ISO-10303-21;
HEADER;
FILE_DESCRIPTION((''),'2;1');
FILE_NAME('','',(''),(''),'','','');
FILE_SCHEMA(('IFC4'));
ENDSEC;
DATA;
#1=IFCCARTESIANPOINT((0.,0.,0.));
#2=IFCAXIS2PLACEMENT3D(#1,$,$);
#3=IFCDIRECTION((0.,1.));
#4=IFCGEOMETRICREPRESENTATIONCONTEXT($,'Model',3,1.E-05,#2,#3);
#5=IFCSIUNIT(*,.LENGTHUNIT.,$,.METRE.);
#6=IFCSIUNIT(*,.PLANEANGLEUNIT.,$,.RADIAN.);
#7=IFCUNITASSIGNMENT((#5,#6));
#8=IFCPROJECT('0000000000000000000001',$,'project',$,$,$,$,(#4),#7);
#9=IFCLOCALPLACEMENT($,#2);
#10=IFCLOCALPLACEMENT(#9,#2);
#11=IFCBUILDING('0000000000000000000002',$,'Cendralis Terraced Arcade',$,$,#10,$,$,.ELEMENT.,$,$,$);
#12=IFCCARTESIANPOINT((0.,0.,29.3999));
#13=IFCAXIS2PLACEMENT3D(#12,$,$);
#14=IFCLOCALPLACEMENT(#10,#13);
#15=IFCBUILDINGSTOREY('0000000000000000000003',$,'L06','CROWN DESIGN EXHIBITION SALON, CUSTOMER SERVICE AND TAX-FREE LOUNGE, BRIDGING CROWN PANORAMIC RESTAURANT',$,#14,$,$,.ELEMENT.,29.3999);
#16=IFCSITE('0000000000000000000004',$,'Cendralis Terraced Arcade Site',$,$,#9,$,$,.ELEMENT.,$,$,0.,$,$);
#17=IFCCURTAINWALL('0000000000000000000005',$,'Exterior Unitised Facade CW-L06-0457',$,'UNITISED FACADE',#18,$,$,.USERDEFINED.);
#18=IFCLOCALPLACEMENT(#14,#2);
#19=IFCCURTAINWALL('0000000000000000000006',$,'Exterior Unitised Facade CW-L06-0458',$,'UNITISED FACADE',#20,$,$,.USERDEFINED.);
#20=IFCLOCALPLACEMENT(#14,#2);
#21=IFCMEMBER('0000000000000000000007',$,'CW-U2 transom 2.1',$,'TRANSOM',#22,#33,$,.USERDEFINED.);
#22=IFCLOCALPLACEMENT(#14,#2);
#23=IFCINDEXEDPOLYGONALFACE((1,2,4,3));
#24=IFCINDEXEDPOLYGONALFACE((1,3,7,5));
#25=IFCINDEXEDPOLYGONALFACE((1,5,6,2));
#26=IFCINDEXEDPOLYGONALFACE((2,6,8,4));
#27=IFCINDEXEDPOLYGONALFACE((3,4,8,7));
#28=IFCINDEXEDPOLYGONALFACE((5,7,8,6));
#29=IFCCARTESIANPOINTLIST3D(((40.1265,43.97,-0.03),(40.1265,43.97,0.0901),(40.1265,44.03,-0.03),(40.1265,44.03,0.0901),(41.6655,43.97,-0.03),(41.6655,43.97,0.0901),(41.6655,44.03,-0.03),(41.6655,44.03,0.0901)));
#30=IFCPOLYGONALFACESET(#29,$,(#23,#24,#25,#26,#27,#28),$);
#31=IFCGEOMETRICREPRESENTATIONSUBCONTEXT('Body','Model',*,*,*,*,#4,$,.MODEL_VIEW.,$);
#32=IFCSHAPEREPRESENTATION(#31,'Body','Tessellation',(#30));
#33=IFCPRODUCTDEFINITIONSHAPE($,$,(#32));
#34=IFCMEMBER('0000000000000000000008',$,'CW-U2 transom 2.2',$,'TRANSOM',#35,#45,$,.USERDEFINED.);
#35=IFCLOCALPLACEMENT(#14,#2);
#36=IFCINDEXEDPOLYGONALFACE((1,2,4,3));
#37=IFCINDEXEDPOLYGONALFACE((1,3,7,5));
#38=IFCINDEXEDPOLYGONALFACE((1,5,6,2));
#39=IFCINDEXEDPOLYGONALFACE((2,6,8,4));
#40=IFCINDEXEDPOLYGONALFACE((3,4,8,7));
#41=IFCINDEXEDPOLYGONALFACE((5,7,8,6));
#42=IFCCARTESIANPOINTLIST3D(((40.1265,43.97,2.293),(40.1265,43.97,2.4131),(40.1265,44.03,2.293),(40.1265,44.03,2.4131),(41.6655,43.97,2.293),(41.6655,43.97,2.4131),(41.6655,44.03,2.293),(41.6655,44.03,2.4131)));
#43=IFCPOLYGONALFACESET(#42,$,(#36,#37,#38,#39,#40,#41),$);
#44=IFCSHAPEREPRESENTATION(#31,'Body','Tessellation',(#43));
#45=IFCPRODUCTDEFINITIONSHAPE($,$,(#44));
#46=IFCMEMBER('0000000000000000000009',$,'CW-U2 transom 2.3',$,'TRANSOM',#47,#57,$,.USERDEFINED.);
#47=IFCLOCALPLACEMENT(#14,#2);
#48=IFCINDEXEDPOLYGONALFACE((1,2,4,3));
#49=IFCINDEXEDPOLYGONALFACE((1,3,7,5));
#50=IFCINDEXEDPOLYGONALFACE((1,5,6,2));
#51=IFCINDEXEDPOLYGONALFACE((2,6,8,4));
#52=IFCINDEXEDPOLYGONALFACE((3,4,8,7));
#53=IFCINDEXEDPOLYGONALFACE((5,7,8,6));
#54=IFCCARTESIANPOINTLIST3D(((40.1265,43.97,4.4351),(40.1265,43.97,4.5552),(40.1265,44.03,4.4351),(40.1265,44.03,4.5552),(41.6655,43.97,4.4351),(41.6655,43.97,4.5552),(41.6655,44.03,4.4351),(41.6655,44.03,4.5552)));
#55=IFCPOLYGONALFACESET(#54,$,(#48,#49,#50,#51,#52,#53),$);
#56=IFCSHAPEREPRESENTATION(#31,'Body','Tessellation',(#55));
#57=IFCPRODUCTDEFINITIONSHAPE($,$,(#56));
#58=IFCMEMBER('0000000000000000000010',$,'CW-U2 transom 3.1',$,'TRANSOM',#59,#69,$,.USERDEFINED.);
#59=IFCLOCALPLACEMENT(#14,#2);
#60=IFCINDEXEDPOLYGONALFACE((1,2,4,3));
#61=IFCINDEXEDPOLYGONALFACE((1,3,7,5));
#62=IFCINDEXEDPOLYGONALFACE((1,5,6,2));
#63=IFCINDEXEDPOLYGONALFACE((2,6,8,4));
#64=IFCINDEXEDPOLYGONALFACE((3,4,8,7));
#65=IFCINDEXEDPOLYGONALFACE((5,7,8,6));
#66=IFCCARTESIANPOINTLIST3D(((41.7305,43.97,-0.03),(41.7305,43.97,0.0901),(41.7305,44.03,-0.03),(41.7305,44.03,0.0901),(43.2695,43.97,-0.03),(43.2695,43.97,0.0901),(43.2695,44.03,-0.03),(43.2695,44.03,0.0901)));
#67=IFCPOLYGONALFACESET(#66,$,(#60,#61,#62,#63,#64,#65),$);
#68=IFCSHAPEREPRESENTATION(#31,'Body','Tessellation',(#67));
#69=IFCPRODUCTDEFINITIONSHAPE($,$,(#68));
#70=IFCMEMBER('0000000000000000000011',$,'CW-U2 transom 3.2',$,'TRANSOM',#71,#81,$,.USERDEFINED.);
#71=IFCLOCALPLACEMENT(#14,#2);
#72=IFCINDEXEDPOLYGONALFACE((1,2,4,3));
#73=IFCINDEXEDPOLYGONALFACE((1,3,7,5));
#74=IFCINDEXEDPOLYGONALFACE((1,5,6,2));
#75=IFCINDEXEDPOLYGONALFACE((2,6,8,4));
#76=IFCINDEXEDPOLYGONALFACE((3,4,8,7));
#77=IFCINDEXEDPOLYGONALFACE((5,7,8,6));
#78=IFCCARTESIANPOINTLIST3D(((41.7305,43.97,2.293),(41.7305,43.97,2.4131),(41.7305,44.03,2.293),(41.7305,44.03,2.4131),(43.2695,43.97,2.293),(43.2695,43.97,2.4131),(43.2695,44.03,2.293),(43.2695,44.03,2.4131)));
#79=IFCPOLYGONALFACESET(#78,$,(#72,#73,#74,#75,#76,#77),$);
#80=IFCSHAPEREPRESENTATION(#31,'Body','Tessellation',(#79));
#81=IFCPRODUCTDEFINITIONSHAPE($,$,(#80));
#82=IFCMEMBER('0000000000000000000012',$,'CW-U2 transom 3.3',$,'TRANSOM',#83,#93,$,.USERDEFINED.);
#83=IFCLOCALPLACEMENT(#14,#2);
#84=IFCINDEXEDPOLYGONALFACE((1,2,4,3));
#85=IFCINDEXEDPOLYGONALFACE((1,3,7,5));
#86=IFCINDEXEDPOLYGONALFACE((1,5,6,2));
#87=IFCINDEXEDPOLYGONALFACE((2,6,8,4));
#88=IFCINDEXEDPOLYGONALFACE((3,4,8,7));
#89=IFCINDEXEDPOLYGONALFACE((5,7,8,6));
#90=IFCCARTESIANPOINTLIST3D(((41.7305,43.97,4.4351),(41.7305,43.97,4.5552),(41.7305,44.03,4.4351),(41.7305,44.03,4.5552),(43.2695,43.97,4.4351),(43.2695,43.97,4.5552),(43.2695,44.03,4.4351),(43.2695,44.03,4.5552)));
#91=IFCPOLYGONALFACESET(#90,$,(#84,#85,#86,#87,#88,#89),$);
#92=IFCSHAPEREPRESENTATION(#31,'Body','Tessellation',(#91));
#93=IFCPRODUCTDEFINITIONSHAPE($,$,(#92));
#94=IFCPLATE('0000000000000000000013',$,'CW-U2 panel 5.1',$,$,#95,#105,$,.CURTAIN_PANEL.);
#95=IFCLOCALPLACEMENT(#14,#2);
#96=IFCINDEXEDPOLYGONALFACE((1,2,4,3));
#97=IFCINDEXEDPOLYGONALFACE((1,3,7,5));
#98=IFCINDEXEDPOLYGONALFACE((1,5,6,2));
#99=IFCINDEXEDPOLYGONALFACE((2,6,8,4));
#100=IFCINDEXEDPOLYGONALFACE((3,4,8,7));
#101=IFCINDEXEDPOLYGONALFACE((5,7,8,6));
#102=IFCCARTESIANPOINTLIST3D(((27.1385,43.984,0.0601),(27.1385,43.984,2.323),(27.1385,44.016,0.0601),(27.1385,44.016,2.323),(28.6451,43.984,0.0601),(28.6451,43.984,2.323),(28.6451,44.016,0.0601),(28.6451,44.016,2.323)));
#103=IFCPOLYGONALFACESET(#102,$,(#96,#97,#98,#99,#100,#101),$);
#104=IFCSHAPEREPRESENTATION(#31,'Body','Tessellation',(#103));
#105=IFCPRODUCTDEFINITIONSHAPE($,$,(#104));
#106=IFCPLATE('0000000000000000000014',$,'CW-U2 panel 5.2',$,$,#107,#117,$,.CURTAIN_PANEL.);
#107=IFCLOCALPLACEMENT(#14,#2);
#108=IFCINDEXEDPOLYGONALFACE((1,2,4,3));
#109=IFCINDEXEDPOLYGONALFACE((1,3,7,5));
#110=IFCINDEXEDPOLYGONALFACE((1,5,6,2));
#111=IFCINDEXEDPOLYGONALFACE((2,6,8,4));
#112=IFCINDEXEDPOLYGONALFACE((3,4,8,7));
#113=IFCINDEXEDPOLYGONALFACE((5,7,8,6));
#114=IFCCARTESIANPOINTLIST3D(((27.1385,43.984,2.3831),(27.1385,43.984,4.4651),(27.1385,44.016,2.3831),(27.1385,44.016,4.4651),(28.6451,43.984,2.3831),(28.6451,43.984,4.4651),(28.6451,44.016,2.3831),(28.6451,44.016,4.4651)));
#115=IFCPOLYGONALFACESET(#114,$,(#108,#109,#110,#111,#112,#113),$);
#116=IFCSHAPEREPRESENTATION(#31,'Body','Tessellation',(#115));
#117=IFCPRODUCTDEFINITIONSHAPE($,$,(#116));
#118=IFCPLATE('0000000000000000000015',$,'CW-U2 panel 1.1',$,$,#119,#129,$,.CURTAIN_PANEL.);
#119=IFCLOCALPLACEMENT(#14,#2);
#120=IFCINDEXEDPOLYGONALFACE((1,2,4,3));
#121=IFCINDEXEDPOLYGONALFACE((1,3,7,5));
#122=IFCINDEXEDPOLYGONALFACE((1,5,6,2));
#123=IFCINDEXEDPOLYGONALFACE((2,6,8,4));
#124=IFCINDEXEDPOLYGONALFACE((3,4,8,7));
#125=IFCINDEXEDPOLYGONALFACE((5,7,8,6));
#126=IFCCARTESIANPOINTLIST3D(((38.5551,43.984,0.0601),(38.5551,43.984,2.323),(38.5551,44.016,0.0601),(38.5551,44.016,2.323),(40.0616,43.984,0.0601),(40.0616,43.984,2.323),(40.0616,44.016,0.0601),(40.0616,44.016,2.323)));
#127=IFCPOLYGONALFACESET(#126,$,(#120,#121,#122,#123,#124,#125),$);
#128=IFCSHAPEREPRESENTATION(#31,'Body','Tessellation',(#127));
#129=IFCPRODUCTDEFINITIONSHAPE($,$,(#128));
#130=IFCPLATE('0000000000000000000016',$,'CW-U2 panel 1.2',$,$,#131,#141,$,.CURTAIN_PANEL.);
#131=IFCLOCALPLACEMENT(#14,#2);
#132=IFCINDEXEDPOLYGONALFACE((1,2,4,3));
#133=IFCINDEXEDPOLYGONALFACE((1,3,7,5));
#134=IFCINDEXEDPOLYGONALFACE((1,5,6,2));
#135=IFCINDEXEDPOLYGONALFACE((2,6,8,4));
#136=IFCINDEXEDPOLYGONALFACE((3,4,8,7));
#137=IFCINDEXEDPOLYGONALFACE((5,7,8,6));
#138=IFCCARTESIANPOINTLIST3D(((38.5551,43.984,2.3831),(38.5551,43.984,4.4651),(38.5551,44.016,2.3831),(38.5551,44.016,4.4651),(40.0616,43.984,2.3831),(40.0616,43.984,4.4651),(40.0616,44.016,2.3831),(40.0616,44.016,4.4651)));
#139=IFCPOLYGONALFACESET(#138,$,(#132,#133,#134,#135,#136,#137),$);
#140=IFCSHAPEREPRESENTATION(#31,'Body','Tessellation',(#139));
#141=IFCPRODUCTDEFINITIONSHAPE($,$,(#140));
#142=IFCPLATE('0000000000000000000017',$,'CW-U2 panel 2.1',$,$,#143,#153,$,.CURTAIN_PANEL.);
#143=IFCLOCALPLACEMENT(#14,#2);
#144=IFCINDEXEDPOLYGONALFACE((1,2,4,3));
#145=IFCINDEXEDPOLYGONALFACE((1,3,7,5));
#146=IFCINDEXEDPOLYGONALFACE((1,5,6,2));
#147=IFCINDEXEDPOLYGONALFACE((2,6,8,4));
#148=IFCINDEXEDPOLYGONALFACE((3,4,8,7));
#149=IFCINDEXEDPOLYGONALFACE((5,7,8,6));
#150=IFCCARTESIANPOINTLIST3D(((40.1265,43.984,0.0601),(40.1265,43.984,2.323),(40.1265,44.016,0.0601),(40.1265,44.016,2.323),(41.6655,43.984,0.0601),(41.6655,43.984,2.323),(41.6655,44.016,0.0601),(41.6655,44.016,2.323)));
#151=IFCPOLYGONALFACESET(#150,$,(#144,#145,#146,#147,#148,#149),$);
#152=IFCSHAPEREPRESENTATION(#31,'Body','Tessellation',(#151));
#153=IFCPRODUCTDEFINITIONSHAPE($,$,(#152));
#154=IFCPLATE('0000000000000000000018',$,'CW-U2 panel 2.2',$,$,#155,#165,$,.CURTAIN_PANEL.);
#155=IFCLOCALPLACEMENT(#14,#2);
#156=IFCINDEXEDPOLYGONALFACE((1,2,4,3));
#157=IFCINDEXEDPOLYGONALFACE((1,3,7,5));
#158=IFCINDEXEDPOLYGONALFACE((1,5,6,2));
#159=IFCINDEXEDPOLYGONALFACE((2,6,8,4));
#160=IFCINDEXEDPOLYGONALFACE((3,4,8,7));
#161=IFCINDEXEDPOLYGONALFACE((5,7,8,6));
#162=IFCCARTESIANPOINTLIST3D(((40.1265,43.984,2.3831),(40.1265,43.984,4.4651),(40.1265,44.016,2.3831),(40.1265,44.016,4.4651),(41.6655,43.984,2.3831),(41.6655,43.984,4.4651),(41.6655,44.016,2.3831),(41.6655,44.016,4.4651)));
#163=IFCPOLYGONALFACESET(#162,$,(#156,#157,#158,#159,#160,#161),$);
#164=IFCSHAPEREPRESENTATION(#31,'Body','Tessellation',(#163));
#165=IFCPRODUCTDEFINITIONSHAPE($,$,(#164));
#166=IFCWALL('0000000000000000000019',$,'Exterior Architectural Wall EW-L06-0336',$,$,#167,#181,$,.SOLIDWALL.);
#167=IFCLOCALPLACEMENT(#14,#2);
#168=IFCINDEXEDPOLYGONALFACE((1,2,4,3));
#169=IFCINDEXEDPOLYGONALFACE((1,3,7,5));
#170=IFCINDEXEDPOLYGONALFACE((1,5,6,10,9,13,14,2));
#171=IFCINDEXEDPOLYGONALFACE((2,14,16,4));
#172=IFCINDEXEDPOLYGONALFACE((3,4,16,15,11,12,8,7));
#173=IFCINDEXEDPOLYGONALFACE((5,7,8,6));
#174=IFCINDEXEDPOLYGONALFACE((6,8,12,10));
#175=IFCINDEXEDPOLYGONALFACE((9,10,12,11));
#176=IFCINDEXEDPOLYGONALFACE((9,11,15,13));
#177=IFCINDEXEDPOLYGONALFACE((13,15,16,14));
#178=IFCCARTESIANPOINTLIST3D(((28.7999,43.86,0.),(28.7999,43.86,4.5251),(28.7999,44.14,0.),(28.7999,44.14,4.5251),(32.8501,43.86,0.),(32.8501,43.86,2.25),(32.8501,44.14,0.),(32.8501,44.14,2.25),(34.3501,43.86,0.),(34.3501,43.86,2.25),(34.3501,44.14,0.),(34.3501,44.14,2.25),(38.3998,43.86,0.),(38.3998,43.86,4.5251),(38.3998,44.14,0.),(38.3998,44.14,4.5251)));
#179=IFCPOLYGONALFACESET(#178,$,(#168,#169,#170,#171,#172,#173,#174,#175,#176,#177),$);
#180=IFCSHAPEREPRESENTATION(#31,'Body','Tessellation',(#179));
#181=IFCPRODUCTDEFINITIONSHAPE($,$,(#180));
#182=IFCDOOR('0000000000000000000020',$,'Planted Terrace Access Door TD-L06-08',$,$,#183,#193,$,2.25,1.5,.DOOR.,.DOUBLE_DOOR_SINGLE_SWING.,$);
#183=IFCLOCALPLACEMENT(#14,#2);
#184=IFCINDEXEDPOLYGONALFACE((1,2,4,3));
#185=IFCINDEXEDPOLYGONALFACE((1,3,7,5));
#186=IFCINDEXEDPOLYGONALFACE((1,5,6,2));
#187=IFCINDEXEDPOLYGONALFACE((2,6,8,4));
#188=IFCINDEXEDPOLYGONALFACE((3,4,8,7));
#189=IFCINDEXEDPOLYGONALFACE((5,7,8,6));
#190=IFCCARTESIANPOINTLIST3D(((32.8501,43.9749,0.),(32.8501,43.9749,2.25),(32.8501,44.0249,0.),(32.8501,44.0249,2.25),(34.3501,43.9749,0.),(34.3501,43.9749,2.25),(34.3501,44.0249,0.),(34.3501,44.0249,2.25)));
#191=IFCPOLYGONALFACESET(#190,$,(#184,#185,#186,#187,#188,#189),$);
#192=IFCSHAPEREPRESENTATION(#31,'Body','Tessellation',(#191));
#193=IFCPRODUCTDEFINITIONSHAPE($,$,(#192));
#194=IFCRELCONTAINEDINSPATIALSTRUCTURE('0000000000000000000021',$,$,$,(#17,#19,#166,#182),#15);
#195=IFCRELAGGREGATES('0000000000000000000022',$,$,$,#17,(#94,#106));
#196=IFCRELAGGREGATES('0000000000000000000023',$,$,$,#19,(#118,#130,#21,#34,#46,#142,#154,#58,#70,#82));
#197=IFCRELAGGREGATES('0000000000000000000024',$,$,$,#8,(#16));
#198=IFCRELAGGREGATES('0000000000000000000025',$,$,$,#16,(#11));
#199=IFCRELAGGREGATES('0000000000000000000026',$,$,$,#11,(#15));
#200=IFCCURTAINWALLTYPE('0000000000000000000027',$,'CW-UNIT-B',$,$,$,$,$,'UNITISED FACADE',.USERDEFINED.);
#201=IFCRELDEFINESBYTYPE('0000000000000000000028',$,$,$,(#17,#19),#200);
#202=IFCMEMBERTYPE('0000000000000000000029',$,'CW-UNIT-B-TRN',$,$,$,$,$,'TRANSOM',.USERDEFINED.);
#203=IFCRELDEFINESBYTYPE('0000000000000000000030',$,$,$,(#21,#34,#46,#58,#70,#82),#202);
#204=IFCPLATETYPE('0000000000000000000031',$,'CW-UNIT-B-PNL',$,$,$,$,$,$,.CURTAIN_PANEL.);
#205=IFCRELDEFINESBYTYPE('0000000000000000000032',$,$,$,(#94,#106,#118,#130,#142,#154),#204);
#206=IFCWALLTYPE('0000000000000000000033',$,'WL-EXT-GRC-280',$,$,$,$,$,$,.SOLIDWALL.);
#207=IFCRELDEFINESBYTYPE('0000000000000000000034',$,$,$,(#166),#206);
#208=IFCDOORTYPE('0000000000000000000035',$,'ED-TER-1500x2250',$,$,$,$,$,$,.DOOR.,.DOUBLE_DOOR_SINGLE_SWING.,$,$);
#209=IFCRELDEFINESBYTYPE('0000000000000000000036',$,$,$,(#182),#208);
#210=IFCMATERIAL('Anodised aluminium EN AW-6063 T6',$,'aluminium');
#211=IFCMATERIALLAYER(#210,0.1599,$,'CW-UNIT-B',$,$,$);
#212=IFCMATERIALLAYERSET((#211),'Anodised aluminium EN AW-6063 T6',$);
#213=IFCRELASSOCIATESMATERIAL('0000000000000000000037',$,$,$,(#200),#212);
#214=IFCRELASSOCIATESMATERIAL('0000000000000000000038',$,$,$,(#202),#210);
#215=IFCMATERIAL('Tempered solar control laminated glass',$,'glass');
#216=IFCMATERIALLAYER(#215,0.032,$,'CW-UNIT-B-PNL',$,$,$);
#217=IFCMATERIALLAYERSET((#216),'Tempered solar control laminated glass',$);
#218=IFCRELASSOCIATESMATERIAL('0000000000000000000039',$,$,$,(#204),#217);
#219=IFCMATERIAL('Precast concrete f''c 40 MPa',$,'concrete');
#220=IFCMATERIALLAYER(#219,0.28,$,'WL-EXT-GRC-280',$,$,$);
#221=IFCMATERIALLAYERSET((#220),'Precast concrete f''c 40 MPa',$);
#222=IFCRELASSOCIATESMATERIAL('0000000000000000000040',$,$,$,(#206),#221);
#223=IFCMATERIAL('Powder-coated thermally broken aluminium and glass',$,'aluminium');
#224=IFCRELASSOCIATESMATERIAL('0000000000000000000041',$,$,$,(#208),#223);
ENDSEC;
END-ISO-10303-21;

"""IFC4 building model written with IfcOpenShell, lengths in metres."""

from ifc_helpers import new_model, si_unit, direction, frame, frame_2d, origin, origin_2d, place, context, subcontext, project, spatial, rectangle, extrude, material, layer, layer_set, material_profile, profile_set, type_object, element, fill, aggregate, save


model = new_model("IFC4")

# Units and contexts
model_context = context("Model", 3, precision=1e-05, world=origin(), true_north=direction((0.0, 1.0)))
body_context = subcontext(model_context, "Body", "Model", "MODEL_VIEW")
ifc_project = project(units=[si_unit("LENGTHUNIT", "METRE"), si_unit("PLANEANGLEUNIT", "RADIAN")], contexts=[model_context])

# Site, building, storey
site_placement = place(None, origin())
site = spatial("IfcSite", under=ifc_project, at=site_placement, Name="Cendralis Terraced Arcade Site", CompositionType="ELEMENT", RefElevation=0.0)
building_placement = place(site_placement, origin())
building = spatial("IfcBuilding", under=site, at=building_placement, Name="Cendralis Terraced Arcade", CompositionType="ELEMENT")
storey_placement = place(building_placement, frame((0.0, 0.0, 29.3999)))
storey = spatial("IfcBuildingStorey", under=building, at=storey_placement, Name="L06", Description="CROWN DESIGN EXHIBITION SALON, CUSTOMER SERVICE AND TAX-FREE LOUNGE, BRIDGING CROWN PANORAMIC RESTAURANT", CompositionType="ELEMENT", Elevation=29.3999)

# Curtain walls
ifc_material_1 = material(Name="Anodised aluminium EN AW-6063 T6", Category="aluminium")
ifc_layer_1 = layer(ifc_material_1, 0.1599, Name="CW-UNIT-B")
ifc_layer_set_1 = layer_set([ifc_layer_1], Name="Anodised aluminium EN AW-6063 T6")
curtain_wall_type_1 = type_object("IfcCurtainWallType", Name="CW-UNIT-B", ElementType="UNITISED FACADE", PredefinedType="USERDEFINED", material=ifc_layer_set_1)
curtain_wall_1_placement = place(storey_placement, origin())
curtain_wall_1 = element("IfcCurtainWall", 1, at=curtain_wall_1_placement, inside=storey, type_object=curtain_wall_type_1, Name="Exterior Unitised Facade CW-L06-0457", ObjectType="UNITISED FACADE", PredefinedType="USERDEFINED")
curtain_wall_2_placement = place(storey_placement, origin())
curtain_wall_2 = element("IfcCurtainWall", 2, at=curtain_wall_2_placement, inside=storey, type_object=curtain_wall_type_1, Name="Exterior Unitised Facade CW-L06-0458", ObjectType="UNITISED FACADE", PredefinedType="USERDEFINED")

# Members
ifc_material_profile_1 = material_profile(ifc_material_1, rectangle(XDim=0.0601, YDim=0.1201, at=origin_2d()), Name="ALU-TRN-60x120")
ifc_profile_set_1 = profile_set([ifc_material_profile_1], Name="Anodised aluminium EN AW-6063 T6")
member_type_1 = type_object("IfcMemberType", Name="CW-UNIT-B-TRN", ElementType="TRANSOM", PredefinedType="USERDEFINED", material=ifc_profile_set_1)
member_1_placement = place(storey_placement, frame((40.1265, 44.0, 0.03), z_axis=(1.0, 0.0, 0.0), x_axis=(0.0, 1.0, 0.0)))
member_1 = element("IfcMember", 3, at=member_1_placement, type_object=member_type_1, Name="CW-U2 transom 2.1", ObjectType="TRANSOM", PredefinedType="USERDEFINED", context=body_context, shape_type="SweptSolid", body=[
    extrude(rectangle(XDim=0.0601, YDim=0.1201, at=origin_2d()), origin(), (0.0, 0.0, 1.0), 1.5391),
])
member_2_placement = place(storey_placement, frame((40.1265, 44.0, 2.353), z_axis=(1.0, 0.0, 0.0), x_axis=(0.0, 1.0, 0.0)))
member_2 = element("IfcMember", 4, at=member_2_placement, type_object=member_type_1, Name="CW-U2 transom 2.2", ObjectType="TRANSOM", PredefinedType="USERDEFINED", context=body_context, shape_type="SweptSolid", body=[
    extrude(rectangle(XDim=0.0601, YDim=0.1201, at=origin_2d()), origin(), (0.0, 0.0, 1.0), 1.5391),
])
member_3_placement = place(storey_placement, frame((40.1265, 44.0, 4.4951), z_axis=(1.0, 0.0, 0.0), x_axis=(0.0, 1.0, 0.0)))
member_3 = element("IfcMember", 5, at=member_3_placement, type_object=member_type_1, Name="CW-U2 transom 2.3", ObjectType="TRANSOM", PredefinedType="USERDEFINED", context=body_context, shape_type="SweptSolid", body=[
    extrude(rectangle(XDim=0.0601, YDim=0.1201, at=origin_2d()), origin(), (0.0, 0.0, 1.0), 1.5391),
])
member_4_placement = place(storey_placement, frame((41.7305, 44.0, 0.03), z_axis=(1.0, 0.0, 0.0), x_axis=(0.0, 1.0, 0.0)))
member_4 = element("IfcMember", 6, at=member_4_placement, type_object=member_type_1, Name="CW-U2 transom 3.1", ObjectType="TRANSOM", PredefinedType="USERDEFINED", context=body_context, shape_type="SweptSolid", body=[
    extrude(rectangle(XDim=0.0601, YDim=0.1201, at=origin_2d()), origin(), (0.0, 0.0, 1.0), 1.5391),
])
member_5_placement = place(storey_placement, frame((41.7305, 44.0, 2.353), z_axis=(1.0, 0.0, 0.0), x_axis=(0.0, 1.0, 0.0)))
member_5 = element("IfcMember", 7, at=member_5_placement, type_object=member_type_1, Name="CW-U2 transom 3.2", ObjectType="TRANSOM", PredefinedType="USERDEFINED", context=body_context, shape_type="SweptSolid", body=[
    extrude(rectangle(XDim=0.0601, YDim=0.1201, at=origin_2d()), origin(), (0.0, 0.0, 1.0), 1.5391),
])
member_6_placement = place(storey_placement, frame((41.7305, 44.0, 4.4951), z_axis=(1.0, 0.0, 0.0), x_axis=(0.0, 1.0, 0.0)))
member_6 = element("IfcMember", 8, at=member_6_placement, type_object=member_type_1, Name="CW-U2 transom 3.3", ObjectType="TRANSOM", PredefinedType="USERDEFINED", context=body_context, shape_type="SweptSolid", body=[
    extrude(rectangle(XDim=0.0601, YDim=0.1201, at=origin_2d()), origin(), (0.0, 0.0, 1.0), 1.5391),
])

# Plates
ifc_material_2 = material(Name="Tempered solar control laminated glass", Category="glass")
ifc_layer_2 = layer(ifc_material_2, 0.032, Name="CW-UNIT-B-PNL")
ifc_layer_set_2 = layer_set([ifc_layer_2], Name="Tempered solar control laminated glass")
plate_type = type_object("IfcPlateType", Name="CW-UNIT-B-PNL", PredefinedType="CURTAIN_PANEL", material=ifc_layer_set_2)
plate_1_placement = place(storey_placement, frame((27.8918, 44.0, 0.0601), z_axis=(0.0, 0.0, 1.0), x_axis=(1.0, 0.0, 0.0)))
plate_1 = element("IfcPlate", 9, at=plate_1_placement, type_object=plate_type, Name="CW-U2 panel 5.1", PredefinedType="CURTAIN_PANEL", context=body_context, shape_type="SweptSolid", body=[
    extrude(rectangle(XDim=1.5066, YDim=0.032, at=origin_2d()), origin(), (0.0, 0.0, 1.0), 2.2629),
])
plate_2_placement = place(storey_placement, frame((27.8918, 44.0, 2.3831), z_axis=(0.0, 0.0, 1.0), x_axis=(1.0, 0.0, 0.0)))
plate_2 = element("IfcPlate", 10, at=plate_2_placement, type_object=plate_type, Name="CW-U2 panel 5.2", PredefinedType="CURTAIN_PANEL", context=body_context, shape_type="SweptSolid", body=[
    extrude(rectangle(XDim=1.5066, YDim=0.032, at=origin_2d()), origin(), (0.0, 0.0, 1.0), 2.082),
])
aggregate(curtain_wall_1, [plate_1, plate_2])
plate_3_placement = place(storey_placement, frame((39.3083, 44.0, 0.0601), z_axis=(0.0, 0.0, 1.0), x_axis=(1.0, 0.0, 0.0)))
plate_3 = element("IfcPlate", 11, at=plate_3_placement, type_object=plate_type, Name="CW-U2 panel 1.1", PredefinedType="CURTAIN_PANEL", context=body_context, shape_type="SweptSolid", body=[
    extrude(rectangle(XDim=1.5066, YDim=0.032, at=origin_2d()), origin(), (0.0, 0.0, 1.0), 2.2629),
])
plate_4_placement = place(storey_placement, frame((39.3083, 44.0, 2.3831), z_axis=(0.0, 0.0, 1.0), x_axis=(1.0, 0.0, 0.0)))
plate_4 = element("IfcPlate", 12, at=plate_4_placement, type_object=plate_type, Name="CW-U2 panel 1.2", PredefinedType="CURTAIN_PANEL", context=body_context, shape_type="SweptSolid", body=[
    extrude(rectangle(XDim=1.5066, YDim=0.032, at=origin_2d()), origin(), (0.0, 0.0, 1.0), 2.082),
])
plate_5_placement = place(storey_placement, frame((40.896, 44.0, 0.0601), z_axis=(0.0, 0.0, 1.0), x_axis=(1.0, 0.0, 0.0)))
plate_5 = element("IfcPlate", 13, at=plate_5_placement, type_object=plate_type, Name="CW-U2 panel 2.1", PredefinedType="CURTAIN_PANEL", context=body_context, shape_type="SweptSolid", body=[
    extrude(rectangle(XDim=1.5391, YDim=0.032, at=origin_2d()), origin(), (0.0, 0.0, 1.0), 2.2629),
])
plate_6_placement = place(storey_placement, frame((40.896, 44.0, 2.3831), z_axis=(0.0, 0.0, 1.0), x_axis=(1.0, 0.0, 0.0)))
plate_6 = element("IfcPlate", 14, at=plate_6_placement, type_object=plate_type, Name="CW-U2 panel 2.2", PredefinedType="CURTAIN_PANEL", context=body_context, shape_type="SweptSolid", body=[
    extrude(rectangle(XDim=1.5391, YDim=0.032, at=origin_2d()), origin(), (0.0, 0.0, 1.0), 2.082),
])
aggregate(curtain_wall_2, [plate_3, plate_4, member_1, member_2, member_3, plate_5, plate_6, member_4, member_5, member_6])

# Wall, opening, door
ifc_material_3 = material(Name="Precast concrete f'c 40 MPa", Category="concrete")
ifc_layer_3 = layer(ifc_material_3, 0.28, Name="WL-EXT-GRC-280")
ifc_layer_set_3 = layer_set([ifc_layer_3], Name="Precast concrete f'c 40 MPa")
wall_type = type_object("IfcWallType", Name="WL-EXT-GRC-280", PredefinedType="SOLIDWALL", material=ifc_layer_set_3)
wall_placement = place(storey_placement, frame((28.8, 44.0, 0.0), z_axis=(0.0, 0.0, 1.0), x_axis=(1.0, 0.0, 0.0)))
wall = element("IfcWall", 15, at=wall_placement, inside=storey, type_object=wall_type, Name="Exterior Architectural Wall EW-L06-0336", PredefinedType="SOLIDWALL", context=body_context, shape_type="SweptSolid", body=[
    extrude(rectangle(XDim=9.5999, YDim=0.28, at=frame_2d((4.7998, 0.0))), origin(), (0.0, 0.0, 1.0), 4.5251),
])
opening_placement = place(wall_placement, frame((4.05, 0.0, 0.0)))
opening = element("IfcOpeningElement", 16, at=opening_placement, cuts=wall, PredefinedType="OPENING", context=body_context, shape_type="SweptSolid", body=[
    extrude(rectangle(XDim=1.5, YDim=2.25, at=frame_2d((0.75, 1.125))), frame((0.0, 0.1519, 0.0), z_axis=(0.0, -1.0, 0.0), x_axis=(1.0, 0.0, 0.0)), (0.0, 0.0, 1.0), 0.304),
])
ifc_material_4 = material(Name="Powder-coated thermally broken aluminium and glass", Category="aluminium")
door_type = type_object("IfcDoorType", Name="ED-TER-1500x2250", OperationType="DOUBLE_DOOR_SINGLE_SWING", PredefinedType="DOOR", material=ifc_material_4)
door_placement = place(opening_placement, origin())
door = element("IfcDoor", 17, at=door_placement, inside=storey, type_object=door_type, Name="Planted Terrace Access Door TD-L06-08", OperationType="DOUBLE_DOOR_SINGLE_SWING", OverallHeight=2.25, OverallWidth=1.5, PredefinedType="DOOR", context=body_context, shape_type="SweptSolid", body=[
    extrude(rectangle(XDim=1.5, YDim=2.25, at=frame_2d((0.75, 1.125))), frame((0.0, 0.0249, 0.0), z_axis=(0.0, -1.0, 0.0), x_axis=(1.0, 0.0, 0.0)), (0.0, 0.0, 1.0), 0.05),
])
fill(opening, door)

save(model, "model.ifc")
